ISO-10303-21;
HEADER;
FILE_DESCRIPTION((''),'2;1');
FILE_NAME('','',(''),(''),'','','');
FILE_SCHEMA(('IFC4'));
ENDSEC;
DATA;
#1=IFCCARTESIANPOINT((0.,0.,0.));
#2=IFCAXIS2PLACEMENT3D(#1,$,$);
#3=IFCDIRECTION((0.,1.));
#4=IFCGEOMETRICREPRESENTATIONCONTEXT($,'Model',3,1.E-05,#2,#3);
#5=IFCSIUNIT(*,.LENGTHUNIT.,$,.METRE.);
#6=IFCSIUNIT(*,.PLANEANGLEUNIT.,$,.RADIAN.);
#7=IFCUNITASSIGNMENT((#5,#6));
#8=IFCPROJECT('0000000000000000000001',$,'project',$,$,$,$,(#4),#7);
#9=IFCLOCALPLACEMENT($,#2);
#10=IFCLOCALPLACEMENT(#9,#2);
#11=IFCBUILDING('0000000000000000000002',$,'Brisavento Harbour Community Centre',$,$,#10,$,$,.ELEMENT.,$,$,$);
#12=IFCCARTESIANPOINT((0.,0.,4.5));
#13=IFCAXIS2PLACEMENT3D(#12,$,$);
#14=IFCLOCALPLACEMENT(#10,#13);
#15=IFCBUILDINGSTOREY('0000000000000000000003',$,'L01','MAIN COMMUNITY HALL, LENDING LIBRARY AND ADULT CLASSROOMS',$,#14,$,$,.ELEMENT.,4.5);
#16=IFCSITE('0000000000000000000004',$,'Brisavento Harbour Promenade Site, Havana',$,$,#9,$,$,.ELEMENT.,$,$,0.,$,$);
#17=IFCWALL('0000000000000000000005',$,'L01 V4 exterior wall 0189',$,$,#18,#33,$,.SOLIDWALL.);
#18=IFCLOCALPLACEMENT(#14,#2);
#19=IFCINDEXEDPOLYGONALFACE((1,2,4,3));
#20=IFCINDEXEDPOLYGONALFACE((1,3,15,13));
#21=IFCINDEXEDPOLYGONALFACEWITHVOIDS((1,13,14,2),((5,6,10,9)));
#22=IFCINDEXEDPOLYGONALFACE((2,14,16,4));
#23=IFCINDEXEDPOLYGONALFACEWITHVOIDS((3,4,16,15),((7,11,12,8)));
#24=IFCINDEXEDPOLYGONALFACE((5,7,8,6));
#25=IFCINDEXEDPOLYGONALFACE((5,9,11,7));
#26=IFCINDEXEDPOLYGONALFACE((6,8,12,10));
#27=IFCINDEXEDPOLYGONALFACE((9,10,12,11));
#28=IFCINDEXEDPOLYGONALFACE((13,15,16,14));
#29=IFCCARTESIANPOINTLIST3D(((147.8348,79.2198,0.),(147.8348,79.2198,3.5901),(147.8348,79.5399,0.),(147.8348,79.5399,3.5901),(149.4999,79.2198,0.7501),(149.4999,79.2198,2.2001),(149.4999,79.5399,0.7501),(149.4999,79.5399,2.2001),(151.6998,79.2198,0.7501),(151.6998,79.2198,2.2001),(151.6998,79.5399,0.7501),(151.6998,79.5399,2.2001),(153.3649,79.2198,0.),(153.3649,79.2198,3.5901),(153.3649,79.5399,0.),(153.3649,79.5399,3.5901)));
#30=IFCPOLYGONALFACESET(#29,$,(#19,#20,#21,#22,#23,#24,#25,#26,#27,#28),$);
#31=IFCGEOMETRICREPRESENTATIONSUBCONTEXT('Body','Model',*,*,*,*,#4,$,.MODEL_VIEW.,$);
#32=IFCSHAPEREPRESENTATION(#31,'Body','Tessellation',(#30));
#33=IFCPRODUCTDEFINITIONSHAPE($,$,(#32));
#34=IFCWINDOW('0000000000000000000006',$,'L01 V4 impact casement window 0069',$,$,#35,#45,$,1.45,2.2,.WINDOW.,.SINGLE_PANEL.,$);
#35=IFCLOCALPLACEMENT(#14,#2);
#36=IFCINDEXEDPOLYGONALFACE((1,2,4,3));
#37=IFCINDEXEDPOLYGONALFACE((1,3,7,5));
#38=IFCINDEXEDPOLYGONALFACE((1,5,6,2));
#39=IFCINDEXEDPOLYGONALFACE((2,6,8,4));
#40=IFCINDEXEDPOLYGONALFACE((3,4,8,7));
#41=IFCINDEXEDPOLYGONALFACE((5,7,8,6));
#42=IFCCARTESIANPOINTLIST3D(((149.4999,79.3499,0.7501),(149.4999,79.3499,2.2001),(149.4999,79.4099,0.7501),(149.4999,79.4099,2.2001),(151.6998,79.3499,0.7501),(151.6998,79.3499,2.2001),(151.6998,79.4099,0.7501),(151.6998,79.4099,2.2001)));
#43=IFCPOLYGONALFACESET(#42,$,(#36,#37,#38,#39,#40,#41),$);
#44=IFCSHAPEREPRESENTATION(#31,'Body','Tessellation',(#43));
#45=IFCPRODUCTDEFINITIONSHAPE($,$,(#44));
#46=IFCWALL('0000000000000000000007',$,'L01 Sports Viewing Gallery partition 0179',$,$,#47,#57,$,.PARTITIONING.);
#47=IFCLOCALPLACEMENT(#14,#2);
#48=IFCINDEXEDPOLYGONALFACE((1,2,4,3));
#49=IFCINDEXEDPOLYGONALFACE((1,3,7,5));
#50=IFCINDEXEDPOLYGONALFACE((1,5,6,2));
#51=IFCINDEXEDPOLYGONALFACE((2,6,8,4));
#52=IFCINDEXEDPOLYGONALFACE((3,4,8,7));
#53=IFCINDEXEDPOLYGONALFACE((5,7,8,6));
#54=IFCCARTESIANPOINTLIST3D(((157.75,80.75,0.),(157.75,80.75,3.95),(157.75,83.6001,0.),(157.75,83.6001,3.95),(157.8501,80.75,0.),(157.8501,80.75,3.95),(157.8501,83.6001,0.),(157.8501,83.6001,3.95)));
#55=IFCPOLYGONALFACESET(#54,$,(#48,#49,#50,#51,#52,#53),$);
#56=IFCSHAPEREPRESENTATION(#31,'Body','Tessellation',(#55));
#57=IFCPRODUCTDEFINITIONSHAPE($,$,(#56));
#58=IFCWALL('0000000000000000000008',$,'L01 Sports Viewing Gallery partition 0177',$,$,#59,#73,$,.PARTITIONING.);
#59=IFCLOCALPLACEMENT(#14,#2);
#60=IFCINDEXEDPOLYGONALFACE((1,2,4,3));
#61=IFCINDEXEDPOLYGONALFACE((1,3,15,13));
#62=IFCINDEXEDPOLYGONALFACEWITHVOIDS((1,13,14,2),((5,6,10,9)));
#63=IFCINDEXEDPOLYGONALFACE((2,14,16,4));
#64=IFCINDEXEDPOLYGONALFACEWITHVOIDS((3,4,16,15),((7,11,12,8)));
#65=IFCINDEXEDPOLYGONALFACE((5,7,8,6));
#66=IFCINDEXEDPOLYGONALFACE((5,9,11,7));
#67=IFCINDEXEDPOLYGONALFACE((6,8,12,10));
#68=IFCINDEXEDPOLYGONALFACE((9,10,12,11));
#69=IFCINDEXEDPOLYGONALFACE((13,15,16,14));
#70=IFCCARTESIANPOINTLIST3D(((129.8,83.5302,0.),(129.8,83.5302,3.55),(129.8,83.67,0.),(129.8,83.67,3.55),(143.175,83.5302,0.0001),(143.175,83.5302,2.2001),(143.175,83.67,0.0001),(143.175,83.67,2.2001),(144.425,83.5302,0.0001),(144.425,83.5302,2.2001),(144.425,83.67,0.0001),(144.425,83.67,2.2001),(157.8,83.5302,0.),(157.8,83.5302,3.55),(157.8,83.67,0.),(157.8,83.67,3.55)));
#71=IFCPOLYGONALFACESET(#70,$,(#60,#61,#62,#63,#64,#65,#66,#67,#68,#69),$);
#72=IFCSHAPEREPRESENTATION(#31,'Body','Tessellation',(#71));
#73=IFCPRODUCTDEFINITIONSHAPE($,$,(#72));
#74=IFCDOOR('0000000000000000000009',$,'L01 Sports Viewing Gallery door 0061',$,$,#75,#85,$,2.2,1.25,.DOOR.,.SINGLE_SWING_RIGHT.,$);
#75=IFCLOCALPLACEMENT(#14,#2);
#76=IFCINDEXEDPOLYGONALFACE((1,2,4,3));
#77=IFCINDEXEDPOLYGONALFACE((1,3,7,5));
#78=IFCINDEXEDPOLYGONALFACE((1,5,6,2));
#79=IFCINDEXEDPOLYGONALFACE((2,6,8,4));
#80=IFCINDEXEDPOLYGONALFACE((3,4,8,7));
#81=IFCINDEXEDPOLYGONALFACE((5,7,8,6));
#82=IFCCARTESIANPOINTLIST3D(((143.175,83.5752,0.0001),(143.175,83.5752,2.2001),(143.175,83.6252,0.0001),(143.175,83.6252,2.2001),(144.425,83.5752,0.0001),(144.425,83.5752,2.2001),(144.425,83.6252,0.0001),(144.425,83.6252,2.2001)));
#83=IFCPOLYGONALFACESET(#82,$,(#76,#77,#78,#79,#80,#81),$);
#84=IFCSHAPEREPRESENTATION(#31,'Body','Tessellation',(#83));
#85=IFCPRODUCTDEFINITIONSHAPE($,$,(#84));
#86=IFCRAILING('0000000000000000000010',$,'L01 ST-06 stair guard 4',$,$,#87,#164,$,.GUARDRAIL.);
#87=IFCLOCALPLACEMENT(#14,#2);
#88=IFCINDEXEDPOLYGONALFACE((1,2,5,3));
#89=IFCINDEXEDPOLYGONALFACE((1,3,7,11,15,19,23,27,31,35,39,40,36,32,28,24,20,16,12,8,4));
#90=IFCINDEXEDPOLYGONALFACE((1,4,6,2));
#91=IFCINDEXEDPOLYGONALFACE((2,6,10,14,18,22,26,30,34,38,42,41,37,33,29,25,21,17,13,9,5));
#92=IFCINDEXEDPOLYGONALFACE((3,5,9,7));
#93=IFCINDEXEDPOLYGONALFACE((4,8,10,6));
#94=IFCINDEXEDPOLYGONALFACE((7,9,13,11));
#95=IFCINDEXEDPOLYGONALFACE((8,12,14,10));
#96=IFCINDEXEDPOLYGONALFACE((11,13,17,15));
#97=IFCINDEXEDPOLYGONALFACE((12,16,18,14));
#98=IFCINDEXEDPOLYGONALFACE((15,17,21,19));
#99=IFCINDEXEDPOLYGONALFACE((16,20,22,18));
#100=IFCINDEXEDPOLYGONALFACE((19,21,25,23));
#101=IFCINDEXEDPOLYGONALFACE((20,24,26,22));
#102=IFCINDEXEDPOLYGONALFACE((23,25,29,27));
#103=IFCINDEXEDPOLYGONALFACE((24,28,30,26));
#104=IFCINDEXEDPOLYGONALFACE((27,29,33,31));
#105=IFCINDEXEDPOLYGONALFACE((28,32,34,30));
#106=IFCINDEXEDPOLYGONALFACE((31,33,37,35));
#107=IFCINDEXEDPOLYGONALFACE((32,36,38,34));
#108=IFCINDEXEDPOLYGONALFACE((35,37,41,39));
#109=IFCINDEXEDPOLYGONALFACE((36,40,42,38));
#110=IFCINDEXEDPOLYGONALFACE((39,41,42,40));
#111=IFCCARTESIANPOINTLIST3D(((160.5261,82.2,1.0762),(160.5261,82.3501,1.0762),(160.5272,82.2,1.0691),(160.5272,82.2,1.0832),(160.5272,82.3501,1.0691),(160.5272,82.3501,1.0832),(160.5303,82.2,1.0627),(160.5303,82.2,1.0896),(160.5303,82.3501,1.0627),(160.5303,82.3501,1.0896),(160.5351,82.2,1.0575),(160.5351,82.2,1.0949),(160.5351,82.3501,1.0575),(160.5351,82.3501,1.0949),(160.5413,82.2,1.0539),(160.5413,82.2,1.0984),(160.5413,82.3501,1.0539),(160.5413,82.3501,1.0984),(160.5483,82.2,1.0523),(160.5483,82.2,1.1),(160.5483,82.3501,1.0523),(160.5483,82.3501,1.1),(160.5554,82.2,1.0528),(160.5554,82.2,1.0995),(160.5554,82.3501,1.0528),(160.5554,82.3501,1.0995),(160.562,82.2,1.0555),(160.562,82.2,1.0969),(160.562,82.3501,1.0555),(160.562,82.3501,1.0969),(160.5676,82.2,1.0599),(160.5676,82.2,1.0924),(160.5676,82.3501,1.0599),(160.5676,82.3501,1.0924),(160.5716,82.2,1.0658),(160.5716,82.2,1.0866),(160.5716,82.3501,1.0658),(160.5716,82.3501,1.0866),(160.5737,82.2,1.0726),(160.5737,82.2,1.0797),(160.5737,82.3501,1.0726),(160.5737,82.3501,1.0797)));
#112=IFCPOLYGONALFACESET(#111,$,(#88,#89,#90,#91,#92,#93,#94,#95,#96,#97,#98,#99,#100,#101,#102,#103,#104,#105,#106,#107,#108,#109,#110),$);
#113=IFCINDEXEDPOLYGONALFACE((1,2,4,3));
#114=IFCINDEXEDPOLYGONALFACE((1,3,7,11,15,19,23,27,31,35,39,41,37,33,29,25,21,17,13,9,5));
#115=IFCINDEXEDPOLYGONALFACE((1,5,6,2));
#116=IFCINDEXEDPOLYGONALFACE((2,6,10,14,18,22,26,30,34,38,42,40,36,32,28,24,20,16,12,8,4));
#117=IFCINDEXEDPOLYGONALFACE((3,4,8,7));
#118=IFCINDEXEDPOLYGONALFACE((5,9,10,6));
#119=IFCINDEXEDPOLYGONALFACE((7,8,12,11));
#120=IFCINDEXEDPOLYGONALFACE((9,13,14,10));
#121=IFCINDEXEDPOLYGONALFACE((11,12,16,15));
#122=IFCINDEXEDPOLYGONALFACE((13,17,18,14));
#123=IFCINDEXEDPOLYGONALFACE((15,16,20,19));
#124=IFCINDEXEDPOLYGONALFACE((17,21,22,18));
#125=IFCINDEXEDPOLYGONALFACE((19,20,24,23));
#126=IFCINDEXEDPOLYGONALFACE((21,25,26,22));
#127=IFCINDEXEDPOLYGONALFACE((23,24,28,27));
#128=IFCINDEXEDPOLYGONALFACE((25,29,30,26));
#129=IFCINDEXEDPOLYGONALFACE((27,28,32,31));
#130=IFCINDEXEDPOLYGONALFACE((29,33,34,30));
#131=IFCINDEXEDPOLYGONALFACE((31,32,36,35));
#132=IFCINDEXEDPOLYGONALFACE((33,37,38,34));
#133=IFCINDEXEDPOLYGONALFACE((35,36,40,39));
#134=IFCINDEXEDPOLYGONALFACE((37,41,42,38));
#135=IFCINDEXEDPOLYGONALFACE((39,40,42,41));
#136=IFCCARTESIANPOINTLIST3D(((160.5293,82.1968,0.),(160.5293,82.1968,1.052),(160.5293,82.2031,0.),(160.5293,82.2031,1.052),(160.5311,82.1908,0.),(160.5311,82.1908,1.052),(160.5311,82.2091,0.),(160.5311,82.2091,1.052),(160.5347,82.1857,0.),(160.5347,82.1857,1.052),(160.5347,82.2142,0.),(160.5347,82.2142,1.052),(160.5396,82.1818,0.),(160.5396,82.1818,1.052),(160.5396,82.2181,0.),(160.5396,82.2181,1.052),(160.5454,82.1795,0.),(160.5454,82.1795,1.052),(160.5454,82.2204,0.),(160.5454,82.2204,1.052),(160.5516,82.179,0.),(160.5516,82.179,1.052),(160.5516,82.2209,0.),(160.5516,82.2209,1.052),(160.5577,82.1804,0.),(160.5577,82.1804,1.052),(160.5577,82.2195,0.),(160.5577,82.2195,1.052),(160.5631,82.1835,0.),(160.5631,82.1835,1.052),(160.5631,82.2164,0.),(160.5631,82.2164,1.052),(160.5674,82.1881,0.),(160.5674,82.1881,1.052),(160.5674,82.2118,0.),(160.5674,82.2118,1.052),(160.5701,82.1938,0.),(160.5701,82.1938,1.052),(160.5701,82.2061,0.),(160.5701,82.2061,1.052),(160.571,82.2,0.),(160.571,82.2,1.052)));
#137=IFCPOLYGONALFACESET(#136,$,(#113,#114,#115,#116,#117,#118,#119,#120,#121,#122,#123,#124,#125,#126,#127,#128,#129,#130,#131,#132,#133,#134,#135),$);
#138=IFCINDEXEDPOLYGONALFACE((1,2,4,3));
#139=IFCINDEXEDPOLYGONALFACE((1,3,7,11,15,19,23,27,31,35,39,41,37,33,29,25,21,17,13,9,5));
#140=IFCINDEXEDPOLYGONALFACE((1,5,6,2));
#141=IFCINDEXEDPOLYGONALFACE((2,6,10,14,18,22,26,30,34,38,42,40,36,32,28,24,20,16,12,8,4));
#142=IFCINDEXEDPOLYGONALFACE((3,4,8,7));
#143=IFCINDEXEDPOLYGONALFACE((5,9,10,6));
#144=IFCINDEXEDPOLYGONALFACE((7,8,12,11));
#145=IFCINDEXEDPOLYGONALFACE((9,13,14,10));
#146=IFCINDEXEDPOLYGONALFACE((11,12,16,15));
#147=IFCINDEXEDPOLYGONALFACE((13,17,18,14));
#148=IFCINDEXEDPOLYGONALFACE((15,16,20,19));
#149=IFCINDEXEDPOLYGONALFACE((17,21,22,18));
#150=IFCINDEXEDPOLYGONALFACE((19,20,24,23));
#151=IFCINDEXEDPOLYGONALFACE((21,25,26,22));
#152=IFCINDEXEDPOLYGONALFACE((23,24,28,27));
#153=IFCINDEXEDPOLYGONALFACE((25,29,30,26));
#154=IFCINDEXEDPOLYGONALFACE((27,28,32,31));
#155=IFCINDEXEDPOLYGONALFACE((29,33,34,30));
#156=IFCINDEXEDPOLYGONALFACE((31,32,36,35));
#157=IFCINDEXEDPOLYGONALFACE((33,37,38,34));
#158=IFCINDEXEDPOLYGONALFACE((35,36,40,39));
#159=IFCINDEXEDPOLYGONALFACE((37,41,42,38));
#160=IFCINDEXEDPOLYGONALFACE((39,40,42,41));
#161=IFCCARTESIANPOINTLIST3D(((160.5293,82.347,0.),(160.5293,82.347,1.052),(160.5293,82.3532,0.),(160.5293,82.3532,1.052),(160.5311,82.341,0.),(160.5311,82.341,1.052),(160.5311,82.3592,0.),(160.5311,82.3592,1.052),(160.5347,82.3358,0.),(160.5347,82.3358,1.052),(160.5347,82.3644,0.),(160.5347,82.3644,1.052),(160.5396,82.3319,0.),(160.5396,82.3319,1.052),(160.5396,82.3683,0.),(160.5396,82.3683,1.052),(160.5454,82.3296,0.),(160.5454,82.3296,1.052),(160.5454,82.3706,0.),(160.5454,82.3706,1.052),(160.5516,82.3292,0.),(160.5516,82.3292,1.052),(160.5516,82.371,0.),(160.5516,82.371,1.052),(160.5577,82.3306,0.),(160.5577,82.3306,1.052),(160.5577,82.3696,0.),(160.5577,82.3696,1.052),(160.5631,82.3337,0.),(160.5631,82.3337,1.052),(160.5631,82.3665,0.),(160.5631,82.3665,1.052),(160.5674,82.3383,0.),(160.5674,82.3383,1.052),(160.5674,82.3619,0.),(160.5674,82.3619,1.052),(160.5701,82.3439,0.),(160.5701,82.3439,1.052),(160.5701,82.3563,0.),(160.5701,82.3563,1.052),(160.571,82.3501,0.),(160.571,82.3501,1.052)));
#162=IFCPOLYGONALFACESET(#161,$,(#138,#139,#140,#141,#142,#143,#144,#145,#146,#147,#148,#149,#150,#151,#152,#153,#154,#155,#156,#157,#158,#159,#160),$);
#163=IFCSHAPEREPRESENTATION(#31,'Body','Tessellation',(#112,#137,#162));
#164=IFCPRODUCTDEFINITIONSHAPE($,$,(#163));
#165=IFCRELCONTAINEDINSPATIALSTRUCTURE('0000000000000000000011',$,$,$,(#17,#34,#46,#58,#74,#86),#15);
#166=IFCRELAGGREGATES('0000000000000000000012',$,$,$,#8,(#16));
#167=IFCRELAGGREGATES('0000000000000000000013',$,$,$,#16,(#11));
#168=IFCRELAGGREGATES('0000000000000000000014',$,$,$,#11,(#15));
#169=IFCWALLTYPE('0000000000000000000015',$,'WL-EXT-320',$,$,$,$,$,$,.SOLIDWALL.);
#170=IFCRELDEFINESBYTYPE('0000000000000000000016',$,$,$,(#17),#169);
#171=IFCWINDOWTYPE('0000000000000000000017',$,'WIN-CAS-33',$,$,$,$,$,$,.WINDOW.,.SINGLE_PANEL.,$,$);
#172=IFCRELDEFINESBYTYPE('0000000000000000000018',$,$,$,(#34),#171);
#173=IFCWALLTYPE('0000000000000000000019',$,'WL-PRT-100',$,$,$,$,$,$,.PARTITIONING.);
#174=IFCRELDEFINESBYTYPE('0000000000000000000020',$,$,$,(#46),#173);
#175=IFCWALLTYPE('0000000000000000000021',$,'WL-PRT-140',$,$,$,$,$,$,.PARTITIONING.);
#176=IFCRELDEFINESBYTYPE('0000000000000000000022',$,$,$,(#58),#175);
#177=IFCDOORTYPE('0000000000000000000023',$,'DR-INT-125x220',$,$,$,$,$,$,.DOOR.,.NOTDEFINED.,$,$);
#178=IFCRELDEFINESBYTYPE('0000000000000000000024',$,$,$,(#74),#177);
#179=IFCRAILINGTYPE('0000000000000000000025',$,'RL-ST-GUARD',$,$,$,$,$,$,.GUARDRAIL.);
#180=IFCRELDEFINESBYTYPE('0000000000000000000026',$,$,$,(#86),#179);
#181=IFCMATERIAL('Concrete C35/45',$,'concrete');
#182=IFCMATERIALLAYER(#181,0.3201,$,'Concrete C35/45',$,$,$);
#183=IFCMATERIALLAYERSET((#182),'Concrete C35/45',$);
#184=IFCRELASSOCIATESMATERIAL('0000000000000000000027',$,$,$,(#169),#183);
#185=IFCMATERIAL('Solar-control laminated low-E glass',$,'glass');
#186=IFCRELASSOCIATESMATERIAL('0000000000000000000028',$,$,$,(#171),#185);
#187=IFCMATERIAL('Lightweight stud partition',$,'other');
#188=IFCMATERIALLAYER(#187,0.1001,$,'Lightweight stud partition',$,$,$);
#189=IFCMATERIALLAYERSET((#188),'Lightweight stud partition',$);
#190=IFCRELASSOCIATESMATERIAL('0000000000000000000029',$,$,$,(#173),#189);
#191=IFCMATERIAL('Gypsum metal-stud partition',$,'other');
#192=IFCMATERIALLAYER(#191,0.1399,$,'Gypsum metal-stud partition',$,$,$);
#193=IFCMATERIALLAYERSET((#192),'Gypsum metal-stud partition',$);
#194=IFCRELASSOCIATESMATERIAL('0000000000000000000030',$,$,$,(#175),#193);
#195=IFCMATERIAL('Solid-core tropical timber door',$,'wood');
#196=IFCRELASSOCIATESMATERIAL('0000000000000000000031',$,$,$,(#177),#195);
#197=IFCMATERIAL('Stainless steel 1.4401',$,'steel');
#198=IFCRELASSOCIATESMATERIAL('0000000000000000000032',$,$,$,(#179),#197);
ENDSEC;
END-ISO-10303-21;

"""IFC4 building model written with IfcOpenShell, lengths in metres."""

from ifc_helpers import new_model, si_unit, direction, frame, frame_2d, origin, origin_2d, place, context, subcontext, project, spatial, rectangle, circle, extrude, material, layer, layer_set, type_object, element, fill, save


model = new_model("IFC4")

# Units and contexts
model_context = context("Model", 3, precision=1e-05, world=origin(), true_north=direction((0.0, 1.0)))
body_context = subcontext(model_context, "Body", "Model", "MODEL_VIEW")
ifc_project = project(units=[si_unit("LENGTHUNIT", "METRE"), si_unit("PLANEANGLEUNIT", "RADIAN")], contexts=[model_context])

# Site, building, storey
site_placement = place(None, origin())
site = spatial("IfcSite", under=ifc_project, at=site_placement, Name="Brisavento Harbour Promenade Site, Havana", CompositionType="ELEMENT", RefElevation=0.0)
building_placement = place(site_placement, origin())
building = spatial("IfcBuilding", under=site, at=building_placement, Name="Brisavento Harbour Community Centre", CompositionType="ELEMENT")
storey_placement = place(building_placement, frame((0.0, 0.0, 4.5)))
storey = spatial("IfcBuildingStorey", under=building, at=storey_placement, Name="L01", Description="MAIN COMMUNITY HALL, LENDING LIBRARY AND ADULT CLASSROOMS", CompositionType="ELEMENT", Elevation=4.5)

# Shared definitions
ifc_material_1 = material(Name="Concrete C35/45", Category="concrete")

# Wall, opening, window
ifc_material_2 = material(Name="Solar-control laminated low-E glass", Category="glass")
ifc_layer_1 = layer(ifc_material_1, 0.3201, Name="Concrete C35/45")
ifc_layer_set_1 = layer_set([ifc_layer_1], Name="Concrete C35/45")
wall_type_1 = type_object("IfcWallType", Name="WL-EXT-320", PredefinedType="SOLIDWALL", material=ifc_layer_set_1)
wall_1_placement = place(storey_placement, frame((153.365, 79.3799, 0.0), z_axis=(0.0, 0.0, 1.0), x_axis=(-1.0, 0.0, 0.0)))
wall_1 = element("IfcWall", 1, at=wall_1_placement, inside=storey, type_object=wall_type_1, Name="L01 V4 exterior wall 0189", PredefinedType="SOLIDWALL", context=body_context, shape_type="SweptSolid", body=[
    extrude(rectangle(XDim=5.53, YDim=0.3201, at=frame_2d((2.7651, 0.0))), origin(), (0.0, 0.0, 1.0), 3.5901),
])
opening_1_placement = place(wall_1_placement, frame((1.665, 0.0, 0.75)))
opening_1 = element("IfcOpeningElement", 2, at=opening_1_placement, cuts=wall_1, PredefinedType="OPENING", context=body_context, shape_type="SweptSolid", body=[
    extrude(rectangle(XDim=2.2, YDim=1.45, at=frame_2d((1.1001, 0.7251))), frame((0.0, 0.1699, 0.0), z_axis=(0.0, -1.0, 0.0), x_axis=(1.0, 0.0, 0.0)), (0.0, 0.0, 1.0), 0.3401),
])
window_type_1 = type_object("IfcWindowType", Name="WIN-CAS-33", PartitioningType="SINGLE_PANEL", PredefinedType="WINDOW", material=ifc_material_2)
window_1_placement = place(opening_1_placement, origin())
window_1 = element("IfcWindow", 3, at=window_1_placement, inside=storey, type_object=window_type_1, Name="L01 V4 impact casement window 0069", OverallHeight=1.45, OverallWidth=2.2, PartitioningType="SINGLE_PANEL", PredefinedType="WINDOW", context=body_context, shape_type="SweptSolid", body=[
    extrude(rectangle(XDim=2.2, YDim=1.45, at=frame_2d((1.1001, 0.7251))), frame((0.0, 0.03, 0.0), z_axis=(0.0, -1.0, 0.0), x_axis=(1.0, 0.0, 0.0)), (0.0, 0.0, 1.0), 0.0601),
])
fill(opening_1, window_1)

# Wall
ifc_material_3 = material(Name="Lightweight stud partition", Category="other")
ifc_layer_2 = layer(ifc_material_3, 0.1001, Name="Lightweight stud partition")
ifc_layer_set_2 = layer_set([ifc_layer_2], Name="Lightweight stud partition")
wall_type_2 = type_object("IfcWallType", Name="WL-PRT-100", PredefinedType="PARTITIONING", material=ifc_layer_set_2)
wall_2_placement = place(storey_placement, frame((157.8, 80.75, 0.0), z_axis=(0.0, 0.0, 1.0), x_axis=(0.0, 1.0, 0.0)))
element("IfcWall", 4, at=wall_2_placement, inside=storey, type_object=wall_type_2, Name="L01 Sports Viewing Gallery partition 0179", PredefinedType="PARTITIONING", context=body_context, shape_type="SweptSolid", body=[
    extrude(rectangle(XDim=2.8501, YDim=0.1001, at=frame_2d((1.425, 0.0))), origin(), (0.0, 0.0, 1.0), 3.95),
])

# Wall, opening, door
ifc_material_4 = material(Name="Gypsum metal-stud partition", Category="other")
ifc_layer_3 = layer(ifc_material_4, 0.1399, Name="Gypsum metal-stud partition")
ifc_layer_set_3 = layer_set([ifc_layer_3], Name="Gypsum metal-stud partition")
wall_type_3 = type_object("IfcWallType", Name="WL-PRT-140", PredefinedType="PARTITIONING", material=ifc_layer_set_3)
wall_3_placement = place(storey_placement, frame((157.8, 83.6001, 0.0), z_axis=(0.0, 0.0, 1.0), x_axis=(-1.0, 0.0, 0.0)))
wall_3 = element("IfcWall", 5, at=wall_3_placement, inside=storey, type_object=wall_type_3, Name="L01 Sports Viewing Gallery partition 0177", PredefinedType="PARTITIONING", context=body_context, shape_type="SweptSolid", body=[
    extrude(rectangle(XDim=28.0, YDim=0.1399, at=frame_2d((14.0, 0.0))), origin(), (0.0, 0.0, 1.0), 3.55),
])
opening_2_placement = place(wall_3_placement, frame((13.375, 0.0, 0.0)))
opening_2 = element("IfcOpeningElement", 6, at=opening_2_placement, cuts=wall_3, PredefinedType="OPENING", context=body_context, shape_type="SweptSolid", body=[
    extrude(rectangle(XDim=1.25, YDim=2.2, at=frame_2d((0.625, 1.1001))), frame((0.0, 0.0801, 0.0), z_axis=(0.0, -1.0, 0.0), x_axis=(1.0, 0.0, 0.0)), (0.0, 0.0, 1.0), 0.1599),
])
ifc_material_5 = material(Name="Solid-core tropical timber door", Category="wood")
door_type_1 = type_object("IfcDoorType", Name="DR-INT-125x220", OperationType="NOTDEFINED", PredefinedType="DOOR", material=ifc_material_5)
door_1_placement = place(opening_2_placement, origin())
door_1 = element("IfcDoor", 7, at=door_1_placement, inside=storey, type_object=door_type_1, Name="L01 Sports Viewing Gallery door 0061", OperationType="SINGLE_SWING_RIGHT", OverallHeight=2.2, OverallWidth=1.25, PredefinedType="DOOR", context=body_context, shape_type="SweptSolid", body=[
    extrude(rectangle(XDim=1.25, YDim=2.2, at=frame_2d((0.625, 1.1001))), frame((0.0, 0.0249, 0.0), z_axis=(0.0, -1.0, 0.0), x_axis=(1.0, 0.0, 0.0)), (0.0, 0.0, 1.0), 0.05),
])
fill(opening_2, door_1)

# Railing
ifc_material_6 = material(Name="Stainless steel 1.4401", Category="steel")
railing_type = type_object("IfcRailingType", Name="RL-ST-GUARD", PredefinedType="GUARDRAIL", material=ifc_material_6)
railing_placement = place(storey_placement, frame((160.55, 82.2, 0.0)))
element("IfcRailing", 8, at=railing_placement, inside=storey, type_object=railing_type, Name="L01 ST-06 stair guard 4", PredefinedType="GUARDRAIL", context=body_context, shape_type="SweptSolid", body=[
    extrude(circle(Radius=0.0239, at=origin_2d()), frame((0.0, 0.0, 1.0762), z_axis=(0.0, 1.0, 0.0), x_axis=(-1.0, 0.0, 0.0)), (0.0, 0.0, 1.0), 0.1501),
    extrude(circle(Radius=0.021, at=origin_2d()), origin(), (0.0, 0.0, 1.0), 1.052),
    extrude(circle(Radius=0.021, at=origin_2d()), frame((0.0, 0.1501, 0.0)), (0.0, 0.0, 1.0), 1.052),
])

save(model, "model.ifc")
